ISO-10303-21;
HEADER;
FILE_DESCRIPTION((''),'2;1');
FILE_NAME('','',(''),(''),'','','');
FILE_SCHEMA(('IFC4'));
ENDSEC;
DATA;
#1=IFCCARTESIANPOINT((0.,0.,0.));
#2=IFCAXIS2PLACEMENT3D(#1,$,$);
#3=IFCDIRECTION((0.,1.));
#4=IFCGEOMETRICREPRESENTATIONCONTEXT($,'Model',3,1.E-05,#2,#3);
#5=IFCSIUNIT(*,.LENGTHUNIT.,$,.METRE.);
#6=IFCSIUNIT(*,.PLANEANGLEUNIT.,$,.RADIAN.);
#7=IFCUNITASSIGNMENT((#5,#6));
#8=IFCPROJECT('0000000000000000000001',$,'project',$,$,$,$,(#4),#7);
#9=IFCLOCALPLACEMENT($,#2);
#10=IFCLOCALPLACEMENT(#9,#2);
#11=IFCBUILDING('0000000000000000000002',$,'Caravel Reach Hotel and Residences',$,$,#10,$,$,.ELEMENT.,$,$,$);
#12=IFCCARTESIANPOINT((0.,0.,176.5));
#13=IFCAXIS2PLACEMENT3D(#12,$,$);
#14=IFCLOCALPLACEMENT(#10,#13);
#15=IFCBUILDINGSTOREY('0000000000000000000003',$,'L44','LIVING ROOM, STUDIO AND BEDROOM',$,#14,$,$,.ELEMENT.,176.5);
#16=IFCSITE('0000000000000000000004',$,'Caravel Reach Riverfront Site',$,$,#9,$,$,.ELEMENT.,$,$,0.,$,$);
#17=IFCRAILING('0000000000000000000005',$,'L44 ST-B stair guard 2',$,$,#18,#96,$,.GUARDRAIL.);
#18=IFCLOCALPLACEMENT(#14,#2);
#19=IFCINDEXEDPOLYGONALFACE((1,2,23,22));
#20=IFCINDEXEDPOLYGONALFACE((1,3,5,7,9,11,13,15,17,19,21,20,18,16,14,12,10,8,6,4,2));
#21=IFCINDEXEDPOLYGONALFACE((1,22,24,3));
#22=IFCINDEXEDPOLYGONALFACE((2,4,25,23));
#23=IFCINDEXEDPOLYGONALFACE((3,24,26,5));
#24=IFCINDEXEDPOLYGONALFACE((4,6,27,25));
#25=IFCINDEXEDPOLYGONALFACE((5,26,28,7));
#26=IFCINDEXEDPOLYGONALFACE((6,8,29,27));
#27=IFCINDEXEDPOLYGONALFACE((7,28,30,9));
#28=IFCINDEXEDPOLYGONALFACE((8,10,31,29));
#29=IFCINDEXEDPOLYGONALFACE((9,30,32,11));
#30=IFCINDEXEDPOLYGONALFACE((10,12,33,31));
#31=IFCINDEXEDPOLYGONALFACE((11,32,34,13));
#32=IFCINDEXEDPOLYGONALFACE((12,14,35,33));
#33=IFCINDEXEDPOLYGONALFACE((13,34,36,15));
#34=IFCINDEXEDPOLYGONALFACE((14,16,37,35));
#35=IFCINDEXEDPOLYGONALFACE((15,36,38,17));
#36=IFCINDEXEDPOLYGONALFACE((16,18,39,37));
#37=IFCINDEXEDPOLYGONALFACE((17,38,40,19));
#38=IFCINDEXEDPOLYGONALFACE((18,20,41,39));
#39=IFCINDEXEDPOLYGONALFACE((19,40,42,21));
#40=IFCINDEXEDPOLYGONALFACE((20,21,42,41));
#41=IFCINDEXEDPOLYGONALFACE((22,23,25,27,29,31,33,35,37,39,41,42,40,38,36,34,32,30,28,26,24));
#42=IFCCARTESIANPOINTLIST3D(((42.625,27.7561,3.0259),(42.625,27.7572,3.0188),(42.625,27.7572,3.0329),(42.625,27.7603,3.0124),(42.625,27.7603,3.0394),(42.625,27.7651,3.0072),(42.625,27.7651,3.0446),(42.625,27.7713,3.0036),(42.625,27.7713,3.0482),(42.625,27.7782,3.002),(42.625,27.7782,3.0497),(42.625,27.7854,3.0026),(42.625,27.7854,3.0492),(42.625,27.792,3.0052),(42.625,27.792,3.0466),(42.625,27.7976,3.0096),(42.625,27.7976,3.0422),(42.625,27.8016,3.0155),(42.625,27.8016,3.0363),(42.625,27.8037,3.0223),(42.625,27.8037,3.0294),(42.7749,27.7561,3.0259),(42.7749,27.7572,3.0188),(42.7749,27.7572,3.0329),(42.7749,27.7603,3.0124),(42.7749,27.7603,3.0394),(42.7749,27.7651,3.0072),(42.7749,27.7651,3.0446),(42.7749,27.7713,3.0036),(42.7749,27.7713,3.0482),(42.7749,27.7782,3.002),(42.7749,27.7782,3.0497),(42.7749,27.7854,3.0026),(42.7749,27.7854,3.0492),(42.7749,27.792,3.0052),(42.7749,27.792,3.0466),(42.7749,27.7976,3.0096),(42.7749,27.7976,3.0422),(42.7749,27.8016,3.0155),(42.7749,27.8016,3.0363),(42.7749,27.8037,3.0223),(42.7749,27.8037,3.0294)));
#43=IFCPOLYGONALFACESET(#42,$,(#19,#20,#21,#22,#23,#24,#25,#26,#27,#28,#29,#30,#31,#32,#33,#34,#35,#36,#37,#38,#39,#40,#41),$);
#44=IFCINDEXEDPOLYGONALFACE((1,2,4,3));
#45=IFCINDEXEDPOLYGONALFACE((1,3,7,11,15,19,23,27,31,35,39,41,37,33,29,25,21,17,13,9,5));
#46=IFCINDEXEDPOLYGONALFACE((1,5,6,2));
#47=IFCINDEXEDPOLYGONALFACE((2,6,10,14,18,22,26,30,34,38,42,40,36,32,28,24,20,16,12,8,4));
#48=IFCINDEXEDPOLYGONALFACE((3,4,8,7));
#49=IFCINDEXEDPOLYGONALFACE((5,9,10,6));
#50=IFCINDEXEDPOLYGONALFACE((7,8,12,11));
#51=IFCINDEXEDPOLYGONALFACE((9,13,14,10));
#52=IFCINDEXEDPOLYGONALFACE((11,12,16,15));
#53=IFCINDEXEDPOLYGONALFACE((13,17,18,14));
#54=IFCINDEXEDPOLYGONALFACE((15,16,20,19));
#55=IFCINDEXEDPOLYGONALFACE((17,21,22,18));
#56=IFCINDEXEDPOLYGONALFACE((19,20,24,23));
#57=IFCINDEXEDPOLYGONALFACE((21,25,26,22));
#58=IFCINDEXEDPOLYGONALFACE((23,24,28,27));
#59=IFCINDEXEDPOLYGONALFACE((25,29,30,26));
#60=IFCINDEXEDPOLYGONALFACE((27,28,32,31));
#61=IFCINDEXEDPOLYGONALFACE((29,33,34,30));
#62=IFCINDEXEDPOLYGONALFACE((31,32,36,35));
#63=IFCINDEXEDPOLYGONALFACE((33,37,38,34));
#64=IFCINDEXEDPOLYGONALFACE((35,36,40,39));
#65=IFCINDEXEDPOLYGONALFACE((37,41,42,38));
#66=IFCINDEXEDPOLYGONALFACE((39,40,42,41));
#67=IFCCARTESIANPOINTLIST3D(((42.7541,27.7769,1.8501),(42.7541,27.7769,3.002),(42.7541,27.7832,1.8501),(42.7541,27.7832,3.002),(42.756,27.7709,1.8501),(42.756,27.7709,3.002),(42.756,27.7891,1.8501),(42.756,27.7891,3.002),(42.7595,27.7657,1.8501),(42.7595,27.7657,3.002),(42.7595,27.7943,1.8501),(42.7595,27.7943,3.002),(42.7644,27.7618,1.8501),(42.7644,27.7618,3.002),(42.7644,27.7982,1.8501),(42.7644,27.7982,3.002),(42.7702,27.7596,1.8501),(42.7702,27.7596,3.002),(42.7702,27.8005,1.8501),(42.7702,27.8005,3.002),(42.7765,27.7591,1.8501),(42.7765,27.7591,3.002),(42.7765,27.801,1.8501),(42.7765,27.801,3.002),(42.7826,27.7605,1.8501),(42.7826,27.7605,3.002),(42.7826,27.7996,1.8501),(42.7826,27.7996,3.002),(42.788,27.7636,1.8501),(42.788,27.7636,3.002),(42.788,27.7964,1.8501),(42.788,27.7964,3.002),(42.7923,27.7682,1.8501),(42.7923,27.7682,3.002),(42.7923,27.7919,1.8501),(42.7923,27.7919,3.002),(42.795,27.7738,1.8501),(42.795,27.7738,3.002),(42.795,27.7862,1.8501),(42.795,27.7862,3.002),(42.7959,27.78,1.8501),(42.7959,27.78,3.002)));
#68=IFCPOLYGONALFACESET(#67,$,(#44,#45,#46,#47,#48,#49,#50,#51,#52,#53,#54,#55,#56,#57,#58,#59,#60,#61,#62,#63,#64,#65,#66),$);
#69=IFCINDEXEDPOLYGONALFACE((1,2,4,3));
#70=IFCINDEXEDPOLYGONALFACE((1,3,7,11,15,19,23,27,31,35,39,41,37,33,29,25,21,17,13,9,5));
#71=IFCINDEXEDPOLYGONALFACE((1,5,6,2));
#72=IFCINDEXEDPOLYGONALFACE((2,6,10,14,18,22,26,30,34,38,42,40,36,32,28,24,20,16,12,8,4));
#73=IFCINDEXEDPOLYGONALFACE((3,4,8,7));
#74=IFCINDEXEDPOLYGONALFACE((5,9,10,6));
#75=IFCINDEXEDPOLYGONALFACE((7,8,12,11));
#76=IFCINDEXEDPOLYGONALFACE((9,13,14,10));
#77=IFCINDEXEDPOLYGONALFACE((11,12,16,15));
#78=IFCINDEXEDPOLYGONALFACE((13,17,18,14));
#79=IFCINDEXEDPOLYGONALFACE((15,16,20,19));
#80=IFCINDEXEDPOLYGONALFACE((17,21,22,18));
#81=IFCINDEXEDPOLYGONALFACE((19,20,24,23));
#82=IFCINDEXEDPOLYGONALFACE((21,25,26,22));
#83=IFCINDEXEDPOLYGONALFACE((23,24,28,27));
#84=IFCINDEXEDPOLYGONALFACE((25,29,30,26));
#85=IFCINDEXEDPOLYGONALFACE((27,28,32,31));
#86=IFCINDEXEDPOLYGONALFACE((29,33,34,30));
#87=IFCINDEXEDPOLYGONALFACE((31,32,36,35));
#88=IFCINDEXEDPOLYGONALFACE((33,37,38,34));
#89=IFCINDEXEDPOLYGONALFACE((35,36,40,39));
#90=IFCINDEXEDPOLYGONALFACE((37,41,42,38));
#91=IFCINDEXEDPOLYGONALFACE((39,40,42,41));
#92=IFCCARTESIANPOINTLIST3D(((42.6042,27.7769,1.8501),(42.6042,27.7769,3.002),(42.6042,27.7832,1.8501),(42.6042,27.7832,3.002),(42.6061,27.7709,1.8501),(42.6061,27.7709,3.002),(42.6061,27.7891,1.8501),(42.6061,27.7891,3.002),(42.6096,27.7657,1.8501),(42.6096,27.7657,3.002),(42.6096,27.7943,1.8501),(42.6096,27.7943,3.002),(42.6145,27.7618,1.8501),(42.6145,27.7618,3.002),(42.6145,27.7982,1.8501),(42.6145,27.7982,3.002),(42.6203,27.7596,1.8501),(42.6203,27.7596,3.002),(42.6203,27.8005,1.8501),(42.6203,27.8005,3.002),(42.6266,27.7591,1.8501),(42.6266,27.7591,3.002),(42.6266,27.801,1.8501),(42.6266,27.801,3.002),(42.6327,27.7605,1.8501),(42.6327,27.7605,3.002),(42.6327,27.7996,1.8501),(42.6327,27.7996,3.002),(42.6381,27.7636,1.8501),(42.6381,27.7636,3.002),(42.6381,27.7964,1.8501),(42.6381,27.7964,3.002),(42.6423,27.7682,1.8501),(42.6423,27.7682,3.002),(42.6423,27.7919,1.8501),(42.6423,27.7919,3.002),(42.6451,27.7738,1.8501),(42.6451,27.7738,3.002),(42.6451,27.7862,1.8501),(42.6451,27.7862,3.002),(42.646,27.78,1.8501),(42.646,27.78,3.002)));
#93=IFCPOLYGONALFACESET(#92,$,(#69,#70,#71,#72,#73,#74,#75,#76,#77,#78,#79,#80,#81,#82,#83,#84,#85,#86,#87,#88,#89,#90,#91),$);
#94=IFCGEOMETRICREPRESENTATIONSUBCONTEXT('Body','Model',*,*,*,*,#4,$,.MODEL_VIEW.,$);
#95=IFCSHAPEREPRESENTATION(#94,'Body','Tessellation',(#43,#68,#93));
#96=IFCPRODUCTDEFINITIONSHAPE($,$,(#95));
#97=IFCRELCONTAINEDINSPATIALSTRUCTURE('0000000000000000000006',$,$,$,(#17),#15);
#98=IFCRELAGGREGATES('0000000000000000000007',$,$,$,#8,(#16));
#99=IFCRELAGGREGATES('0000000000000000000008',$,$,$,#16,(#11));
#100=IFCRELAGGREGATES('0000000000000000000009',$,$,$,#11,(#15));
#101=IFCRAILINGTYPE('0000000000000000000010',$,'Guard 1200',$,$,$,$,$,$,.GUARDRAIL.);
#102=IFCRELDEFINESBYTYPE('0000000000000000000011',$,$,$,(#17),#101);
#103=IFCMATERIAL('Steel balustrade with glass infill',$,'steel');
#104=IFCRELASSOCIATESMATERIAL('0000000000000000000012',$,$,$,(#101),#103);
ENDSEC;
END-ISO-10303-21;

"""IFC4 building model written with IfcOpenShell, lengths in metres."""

from ifc_helpers import new_model, si_unit, direction, frame, origin, origin_2d, place, context, subcontext, project, spatial, circle, extrude, material, type_object, element, save


model = new_model("IFC4")

# Units and contexts
model_context = context("Model", 3, precision=1e-05, world=origin(), true_north=direction((0.0, 1.0)))
body_context = subcontext(model_context, "Body", "Model", "MODEL_VIEW")
ifc_project = project(units=[si_unit("LENGTHUNIT", "METRE"), si_unit("PLANEANGLEUNIT", "RADIAN")], contexts=[model_context])

# Site, building, storey
site_placement = place(None, origin())
site = spatial("IfcSite", under=ifc_project, at=site_placement, Name="Caravel Reach Riverfront Site", CompositionType="ELEMENT", RefElevation=0.0)
building_placement = place(site_placement, origin())
building = spatial("IfcBuilding", under=site, at=building_placement, Name="Caravel Reach Hotel and Residences", CompositionType="ELEMENT")
storey_placement = place(building_placement, frame((0.0, 0.0, 176.5)))
storey = spatial("IfcBuildingStorey", under=building, at=storey_placement, Name="L44", Description="LIVING ROOM, STUDIO AND BEDROOM", CompositionType="ELEMENT", Elevation=176.5)

# Railing
ifc_material_1 = material(Name="Steel balustrade with glass infill", Category="steel")
railing_type_1 = type_object("IfcRailingType", Name="Guard 1200", PredefinedType="GUARDRAIL", material=ifc_material_1)
railing_1_placement = place(storey_placement, frame((42.7749, 27.78, 1.8501)))
element("IfcRailing", 1, at=railing_1_placement, inside=storey, type_object=railing_type_1, Name="L44 ST-B stair guard 2", PredefinedType="GUARDRAIL", context=body_context, shape_type="SweptSolid", body=[
    extrude(circle(Radius=0.0239, at=origin_2d()), frame((0.0, 0.0, 1.1758), z_axis=(-1.0, 0.0, 0.0), x_axis=(0.0, -1.0, 0.0)), (0.0, 0.0, 1.0), 0.1499),
    extrude(circle(Radius=0.021, at=origin_2d()), origin(), (0.0, 0.0, 1.0), 1.1519),
    extrude(circle(Radius=0.021, at=origin_2d()), frame((-0.1499, 0.0, 0.0)), (0.0, 0.0, 1.0), 1.1519),
])

save(model, "model.ifc")
